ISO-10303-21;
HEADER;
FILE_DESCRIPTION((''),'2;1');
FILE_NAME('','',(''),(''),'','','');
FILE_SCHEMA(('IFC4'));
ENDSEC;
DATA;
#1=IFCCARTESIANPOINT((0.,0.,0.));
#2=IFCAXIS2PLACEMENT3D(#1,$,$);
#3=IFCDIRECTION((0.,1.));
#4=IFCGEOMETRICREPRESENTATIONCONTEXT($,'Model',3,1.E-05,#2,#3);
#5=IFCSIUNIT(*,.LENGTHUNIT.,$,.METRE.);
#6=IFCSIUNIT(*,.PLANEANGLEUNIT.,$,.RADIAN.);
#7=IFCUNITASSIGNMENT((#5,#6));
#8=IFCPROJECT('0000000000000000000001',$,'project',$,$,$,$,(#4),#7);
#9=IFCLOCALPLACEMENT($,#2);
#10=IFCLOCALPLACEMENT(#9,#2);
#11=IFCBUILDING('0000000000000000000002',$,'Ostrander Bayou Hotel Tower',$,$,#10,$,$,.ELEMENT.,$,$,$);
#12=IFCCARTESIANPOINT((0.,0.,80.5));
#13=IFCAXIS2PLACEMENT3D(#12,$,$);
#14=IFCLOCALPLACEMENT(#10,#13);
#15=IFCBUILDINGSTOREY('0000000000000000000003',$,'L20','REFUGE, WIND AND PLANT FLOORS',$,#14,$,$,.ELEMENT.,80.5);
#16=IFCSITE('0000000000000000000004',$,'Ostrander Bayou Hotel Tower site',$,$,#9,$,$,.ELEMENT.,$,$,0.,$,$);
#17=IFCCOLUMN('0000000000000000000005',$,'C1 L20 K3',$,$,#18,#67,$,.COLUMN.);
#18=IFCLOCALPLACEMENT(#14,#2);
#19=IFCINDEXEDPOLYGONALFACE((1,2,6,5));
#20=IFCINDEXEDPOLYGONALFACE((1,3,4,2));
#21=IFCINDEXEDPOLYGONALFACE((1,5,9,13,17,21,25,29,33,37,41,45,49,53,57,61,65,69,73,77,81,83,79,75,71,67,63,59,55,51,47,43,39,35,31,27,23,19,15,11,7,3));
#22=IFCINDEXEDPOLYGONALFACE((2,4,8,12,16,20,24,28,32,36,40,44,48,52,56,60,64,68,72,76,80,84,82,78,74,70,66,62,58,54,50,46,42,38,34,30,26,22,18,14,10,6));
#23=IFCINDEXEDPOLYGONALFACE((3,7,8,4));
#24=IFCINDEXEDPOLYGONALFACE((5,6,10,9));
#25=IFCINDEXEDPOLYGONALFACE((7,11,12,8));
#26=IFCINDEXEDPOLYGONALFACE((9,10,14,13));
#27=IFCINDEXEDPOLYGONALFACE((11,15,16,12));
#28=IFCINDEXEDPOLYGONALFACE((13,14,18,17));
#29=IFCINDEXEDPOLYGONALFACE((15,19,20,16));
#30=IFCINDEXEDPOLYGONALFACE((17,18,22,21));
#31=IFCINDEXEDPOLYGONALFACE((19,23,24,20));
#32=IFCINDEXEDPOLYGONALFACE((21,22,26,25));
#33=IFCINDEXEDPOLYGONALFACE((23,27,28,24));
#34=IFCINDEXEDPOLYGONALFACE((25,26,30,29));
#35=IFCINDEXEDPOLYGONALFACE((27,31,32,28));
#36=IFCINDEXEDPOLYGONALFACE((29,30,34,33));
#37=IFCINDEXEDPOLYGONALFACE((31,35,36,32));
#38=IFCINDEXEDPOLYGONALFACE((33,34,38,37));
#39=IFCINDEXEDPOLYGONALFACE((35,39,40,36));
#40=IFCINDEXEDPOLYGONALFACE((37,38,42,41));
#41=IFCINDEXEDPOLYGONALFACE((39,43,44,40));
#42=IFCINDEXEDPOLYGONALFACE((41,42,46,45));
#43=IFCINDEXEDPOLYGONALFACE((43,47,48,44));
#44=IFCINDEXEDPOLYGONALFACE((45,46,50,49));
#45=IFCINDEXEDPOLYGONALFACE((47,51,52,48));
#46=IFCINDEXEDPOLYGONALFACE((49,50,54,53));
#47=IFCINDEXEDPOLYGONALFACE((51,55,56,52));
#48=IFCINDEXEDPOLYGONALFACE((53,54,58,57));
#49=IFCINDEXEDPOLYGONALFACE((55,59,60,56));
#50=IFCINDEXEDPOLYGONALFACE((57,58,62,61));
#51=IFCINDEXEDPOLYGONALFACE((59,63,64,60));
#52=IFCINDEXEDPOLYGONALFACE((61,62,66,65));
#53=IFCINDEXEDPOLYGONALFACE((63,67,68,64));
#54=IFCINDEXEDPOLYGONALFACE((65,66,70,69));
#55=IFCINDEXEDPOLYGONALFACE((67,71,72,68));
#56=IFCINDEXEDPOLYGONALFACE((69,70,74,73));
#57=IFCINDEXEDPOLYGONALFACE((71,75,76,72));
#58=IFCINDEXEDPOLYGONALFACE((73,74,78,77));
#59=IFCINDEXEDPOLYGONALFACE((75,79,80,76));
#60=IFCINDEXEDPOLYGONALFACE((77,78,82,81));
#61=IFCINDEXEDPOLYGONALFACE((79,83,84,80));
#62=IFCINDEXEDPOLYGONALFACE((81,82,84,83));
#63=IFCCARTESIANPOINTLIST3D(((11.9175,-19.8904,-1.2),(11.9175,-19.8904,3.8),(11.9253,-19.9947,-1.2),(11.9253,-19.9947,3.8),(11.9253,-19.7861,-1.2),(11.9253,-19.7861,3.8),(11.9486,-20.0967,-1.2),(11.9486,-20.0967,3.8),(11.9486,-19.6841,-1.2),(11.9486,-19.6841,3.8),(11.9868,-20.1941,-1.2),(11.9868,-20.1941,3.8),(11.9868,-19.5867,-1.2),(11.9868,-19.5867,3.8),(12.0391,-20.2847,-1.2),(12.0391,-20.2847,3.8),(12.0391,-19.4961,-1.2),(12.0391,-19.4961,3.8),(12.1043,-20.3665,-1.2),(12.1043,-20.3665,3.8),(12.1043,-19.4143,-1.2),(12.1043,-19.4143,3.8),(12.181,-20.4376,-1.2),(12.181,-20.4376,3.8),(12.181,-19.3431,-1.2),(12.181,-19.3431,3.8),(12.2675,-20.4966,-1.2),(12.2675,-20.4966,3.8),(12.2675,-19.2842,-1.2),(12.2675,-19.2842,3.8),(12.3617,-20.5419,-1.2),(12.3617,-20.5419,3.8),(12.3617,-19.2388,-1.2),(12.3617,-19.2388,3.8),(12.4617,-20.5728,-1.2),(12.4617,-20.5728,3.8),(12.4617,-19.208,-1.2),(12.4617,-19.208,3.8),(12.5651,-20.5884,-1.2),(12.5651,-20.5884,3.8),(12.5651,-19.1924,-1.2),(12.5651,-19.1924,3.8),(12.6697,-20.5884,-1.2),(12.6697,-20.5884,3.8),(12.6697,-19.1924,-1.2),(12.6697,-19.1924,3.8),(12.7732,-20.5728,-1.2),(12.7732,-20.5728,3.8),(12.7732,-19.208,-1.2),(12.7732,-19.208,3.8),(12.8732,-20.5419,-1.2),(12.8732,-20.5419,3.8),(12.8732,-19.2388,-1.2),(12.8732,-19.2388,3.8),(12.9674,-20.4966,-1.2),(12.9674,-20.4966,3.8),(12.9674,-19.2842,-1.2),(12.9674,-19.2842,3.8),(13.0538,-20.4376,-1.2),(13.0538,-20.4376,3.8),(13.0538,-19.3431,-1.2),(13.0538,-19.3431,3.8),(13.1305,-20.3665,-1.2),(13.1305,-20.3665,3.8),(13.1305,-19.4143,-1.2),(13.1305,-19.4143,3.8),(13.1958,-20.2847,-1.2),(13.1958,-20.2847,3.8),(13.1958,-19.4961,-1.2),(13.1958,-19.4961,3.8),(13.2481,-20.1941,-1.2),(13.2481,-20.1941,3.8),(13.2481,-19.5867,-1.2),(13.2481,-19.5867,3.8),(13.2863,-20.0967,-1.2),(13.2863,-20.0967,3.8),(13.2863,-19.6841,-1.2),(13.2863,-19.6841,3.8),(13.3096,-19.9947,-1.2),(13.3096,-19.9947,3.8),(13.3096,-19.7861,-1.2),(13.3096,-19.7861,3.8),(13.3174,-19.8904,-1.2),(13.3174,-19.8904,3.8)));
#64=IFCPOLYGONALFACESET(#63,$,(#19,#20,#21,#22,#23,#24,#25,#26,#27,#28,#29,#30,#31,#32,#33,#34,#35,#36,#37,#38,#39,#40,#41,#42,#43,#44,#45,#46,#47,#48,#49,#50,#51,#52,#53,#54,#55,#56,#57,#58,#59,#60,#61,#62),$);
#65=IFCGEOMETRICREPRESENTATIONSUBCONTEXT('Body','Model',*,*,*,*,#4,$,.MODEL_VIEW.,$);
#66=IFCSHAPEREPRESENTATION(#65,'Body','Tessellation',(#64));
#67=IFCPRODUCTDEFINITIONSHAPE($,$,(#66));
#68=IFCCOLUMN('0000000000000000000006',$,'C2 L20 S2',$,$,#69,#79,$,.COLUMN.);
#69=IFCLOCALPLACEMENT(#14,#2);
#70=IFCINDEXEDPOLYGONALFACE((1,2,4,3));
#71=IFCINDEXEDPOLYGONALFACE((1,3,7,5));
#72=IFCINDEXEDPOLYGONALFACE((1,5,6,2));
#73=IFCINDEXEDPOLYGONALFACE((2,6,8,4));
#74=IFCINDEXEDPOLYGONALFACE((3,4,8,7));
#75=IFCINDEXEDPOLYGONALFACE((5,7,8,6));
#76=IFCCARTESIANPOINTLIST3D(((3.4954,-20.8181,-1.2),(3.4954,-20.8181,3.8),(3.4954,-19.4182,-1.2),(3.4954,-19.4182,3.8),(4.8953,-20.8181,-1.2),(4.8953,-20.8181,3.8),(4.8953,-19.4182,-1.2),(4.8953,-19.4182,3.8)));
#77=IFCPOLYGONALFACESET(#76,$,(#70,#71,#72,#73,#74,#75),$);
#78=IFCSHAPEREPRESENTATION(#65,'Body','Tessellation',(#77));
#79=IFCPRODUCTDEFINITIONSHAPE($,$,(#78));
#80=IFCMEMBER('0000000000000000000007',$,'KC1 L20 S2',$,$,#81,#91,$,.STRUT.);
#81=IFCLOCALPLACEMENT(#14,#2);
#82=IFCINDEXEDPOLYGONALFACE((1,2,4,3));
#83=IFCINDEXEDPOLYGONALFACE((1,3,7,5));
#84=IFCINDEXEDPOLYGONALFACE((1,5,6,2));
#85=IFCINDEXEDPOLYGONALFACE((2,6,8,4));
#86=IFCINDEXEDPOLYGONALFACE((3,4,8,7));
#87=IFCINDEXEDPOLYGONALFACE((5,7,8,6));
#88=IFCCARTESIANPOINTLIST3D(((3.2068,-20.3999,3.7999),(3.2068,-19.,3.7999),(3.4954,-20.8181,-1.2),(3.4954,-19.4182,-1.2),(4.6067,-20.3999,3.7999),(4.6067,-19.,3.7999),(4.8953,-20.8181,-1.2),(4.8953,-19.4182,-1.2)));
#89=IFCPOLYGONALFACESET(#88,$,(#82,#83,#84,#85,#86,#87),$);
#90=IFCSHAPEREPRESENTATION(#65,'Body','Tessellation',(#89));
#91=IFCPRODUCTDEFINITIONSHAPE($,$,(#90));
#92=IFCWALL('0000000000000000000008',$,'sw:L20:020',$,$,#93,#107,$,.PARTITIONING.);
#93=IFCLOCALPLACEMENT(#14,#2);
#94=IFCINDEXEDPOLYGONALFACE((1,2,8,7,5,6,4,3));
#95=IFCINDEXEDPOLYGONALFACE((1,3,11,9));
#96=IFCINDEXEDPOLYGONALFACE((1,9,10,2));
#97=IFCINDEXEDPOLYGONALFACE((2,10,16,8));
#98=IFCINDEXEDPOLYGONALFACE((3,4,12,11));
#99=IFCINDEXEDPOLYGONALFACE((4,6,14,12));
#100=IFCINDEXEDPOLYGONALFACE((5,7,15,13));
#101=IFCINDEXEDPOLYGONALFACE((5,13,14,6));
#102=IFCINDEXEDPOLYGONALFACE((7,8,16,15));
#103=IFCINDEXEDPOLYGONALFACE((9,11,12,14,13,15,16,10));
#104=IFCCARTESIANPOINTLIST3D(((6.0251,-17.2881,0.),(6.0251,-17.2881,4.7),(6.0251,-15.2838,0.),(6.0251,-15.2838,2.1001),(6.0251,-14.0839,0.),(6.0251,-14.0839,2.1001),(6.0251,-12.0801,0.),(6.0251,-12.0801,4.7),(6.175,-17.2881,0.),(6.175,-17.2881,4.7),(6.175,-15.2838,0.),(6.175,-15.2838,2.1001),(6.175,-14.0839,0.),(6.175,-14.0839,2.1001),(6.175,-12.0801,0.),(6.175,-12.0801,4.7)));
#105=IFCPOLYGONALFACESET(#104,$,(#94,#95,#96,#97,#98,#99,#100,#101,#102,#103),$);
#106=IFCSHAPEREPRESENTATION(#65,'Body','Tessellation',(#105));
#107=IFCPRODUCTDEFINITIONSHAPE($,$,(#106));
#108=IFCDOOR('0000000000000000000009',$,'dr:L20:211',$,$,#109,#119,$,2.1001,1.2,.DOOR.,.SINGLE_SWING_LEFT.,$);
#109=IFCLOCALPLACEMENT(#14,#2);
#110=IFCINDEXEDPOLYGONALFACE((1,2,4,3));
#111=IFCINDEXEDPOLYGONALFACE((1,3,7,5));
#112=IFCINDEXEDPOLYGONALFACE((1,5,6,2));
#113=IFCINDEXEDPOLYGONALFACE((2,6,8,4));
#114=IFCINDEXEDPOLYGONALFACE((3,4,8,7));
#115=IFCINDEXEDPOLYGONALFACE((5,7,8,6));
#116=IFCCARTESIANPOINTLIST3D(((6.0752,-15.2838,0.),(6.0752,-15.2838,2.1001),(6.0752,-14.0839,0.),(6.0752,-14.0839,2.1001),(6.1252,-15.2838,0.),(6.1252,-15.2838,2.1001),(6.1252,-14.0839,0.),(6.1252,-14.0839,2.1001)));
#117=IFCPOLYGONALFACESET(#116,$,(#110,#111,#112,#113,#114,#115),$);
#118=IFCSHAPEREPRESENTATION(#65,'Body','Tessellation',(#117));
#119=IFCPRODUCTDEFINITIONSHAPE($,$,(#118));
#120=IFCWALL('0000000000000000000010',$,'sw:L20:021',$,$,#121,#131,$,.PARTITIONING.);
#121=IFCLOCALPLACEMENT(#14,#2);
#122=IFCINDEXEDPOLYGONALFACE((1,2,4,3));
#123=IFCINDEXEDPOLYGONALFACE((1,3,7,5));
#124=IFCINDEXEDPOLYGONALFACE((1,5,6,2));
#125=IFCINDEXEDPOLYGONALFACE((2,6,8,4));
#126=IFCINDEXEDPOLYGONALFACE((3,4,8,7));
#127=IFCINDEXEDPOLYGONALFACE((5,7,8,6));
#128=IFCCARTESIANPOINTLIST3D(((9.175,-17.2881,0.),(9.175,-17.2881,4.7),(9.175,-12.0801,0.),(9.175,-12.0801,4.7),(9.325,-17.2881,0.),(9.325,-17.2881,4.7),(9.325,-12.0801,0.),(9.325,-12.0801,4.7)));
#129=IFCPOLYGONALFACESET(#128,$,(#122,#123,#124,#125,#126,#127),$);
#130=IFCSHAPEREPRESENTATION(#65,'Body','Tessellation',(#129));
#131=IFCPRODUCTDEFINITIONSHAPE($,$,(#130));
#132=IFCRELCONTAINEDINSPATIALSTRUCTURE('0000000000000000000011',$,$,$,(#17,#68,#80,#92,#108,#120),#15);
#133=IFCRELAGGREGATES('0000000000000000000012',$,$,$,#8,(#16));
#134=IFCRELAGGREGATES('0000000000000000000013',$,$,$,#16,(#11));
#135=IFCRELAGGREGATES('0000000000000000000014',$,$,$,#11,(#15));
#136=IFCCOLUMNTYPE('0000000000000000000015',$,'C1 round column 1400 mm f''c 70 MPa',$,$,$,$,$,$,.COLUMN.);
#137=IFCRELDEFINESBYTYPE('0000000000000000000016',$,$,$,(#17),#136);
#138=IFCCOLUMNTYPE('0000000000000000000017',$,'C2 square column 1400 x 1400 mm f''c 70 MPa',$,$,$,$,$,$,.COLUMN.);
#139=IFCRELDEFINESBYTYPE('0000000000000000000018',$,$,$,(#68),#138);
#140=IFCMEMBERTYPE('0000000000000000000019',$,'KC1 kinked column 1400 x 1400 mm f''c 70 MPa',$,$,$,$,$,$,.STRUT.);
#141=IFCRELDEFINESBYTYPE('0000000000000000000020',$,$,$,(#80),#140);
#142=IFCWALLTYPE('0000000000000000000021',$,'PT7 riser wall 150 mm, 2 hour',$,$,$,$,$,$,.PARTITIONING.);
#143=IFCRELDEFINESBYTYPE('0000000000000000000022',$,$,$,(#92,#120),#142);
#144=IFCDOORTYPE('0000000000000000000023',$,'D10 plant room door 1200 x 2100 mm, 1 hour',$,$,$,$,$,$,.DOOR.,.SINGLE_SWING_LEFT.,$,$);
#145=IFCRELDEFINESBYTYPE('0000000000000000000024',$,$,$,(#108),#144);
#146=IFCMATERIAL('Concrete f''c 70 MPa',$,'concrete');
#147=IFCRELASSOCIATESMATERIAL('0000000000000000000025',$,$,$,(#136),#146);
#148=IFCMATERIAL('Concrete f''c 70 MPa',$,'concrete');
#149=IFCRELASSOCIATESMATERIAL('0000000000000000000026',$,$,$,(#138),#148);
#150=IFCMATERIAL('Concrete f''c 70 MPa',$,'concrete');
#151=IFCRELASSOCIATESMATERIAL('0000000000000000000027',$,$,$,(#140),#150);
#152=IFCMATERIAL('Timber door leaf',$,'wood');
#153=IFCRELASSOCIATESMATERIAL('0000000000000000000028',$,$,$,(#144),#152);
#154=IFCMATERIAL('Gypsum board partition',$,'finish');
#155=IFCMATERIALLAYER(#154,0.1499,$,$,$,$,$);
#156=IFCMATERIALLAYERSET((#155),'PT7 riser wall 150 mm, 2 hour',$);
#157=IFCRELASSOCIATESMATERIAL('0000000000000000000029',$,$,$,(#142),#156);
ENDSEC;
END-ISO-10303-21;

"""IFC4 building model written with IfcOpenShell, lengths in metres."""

from ifc_helpers import new_model, si_unit, direction, frame, frame_2d, origin, origin_2d, place, context, subcontext, project, spatial, rectangle, circle, extrude, material, layer, layer_set, material_profile, profile_set, type_object, element, fill, save


model = new_model("IFC4")

# Units and contexts
model_context = context("Model", 3, precision=1e-05, world=origin(), true_north=direction((0.0, 1.0)))
body_context = subcontext(model_context, "Body", "Model", "MODEL_VIEW")
ifc_project = project(units=[si_unit("LENGTHUNIT", "METRE"), si_unit("PLANEANGLEUNIT", "RADIAN")], contexts=[model_context])

# Site, building, storey
site_placement = place(None, origin())
site = spatial("IfcSite", under=ifc_project, at=site_placement, Name="Ostrander Bayou Hotel Tower site", CompositionType="ELEMENT", RefElevation=0.0)
building_placement = place(site_placement, origin())
building = spatial("IfcBuilding", under=site, at=building_placement, Name="Ostrander Bayou Hotel Tower", CompositionType="ELEMENT")
storey_placement = place(building_placement, frame((0.0, 0.0, 80.5)))
storey = spatial("IfcBuildingStorey", under=building, at=storey_placement, Name="L20", Description="REFUGE, WIND AND PLANT FLOORS", CompositionType="ELEMENT", Elevation=80.5)

# Columns
ifc_material_1 = material(Name="Concrete f'c 70 MPa", Category="concrete")
ifc_material_profile_1 = material_profile(ifc_material_1, circle(Radius=0.7, at=origin_2d()))
ifc_profile_set_1 = profile_set([ifc_material_profile_1], Name="Concrete f'c 70 MPa")
column_type_1 = type_object("IfcColumnType", Name="C1 round column 1400 mm f'c 70 MPa", PredefinedType="COLUMN", material=ifc_profile_set_1)
column_1_placement = place(storey_placement, frame((12.6174, -19.8904, -1.2), z_axis=(0.0, 0.0, 1.0), x_axis=(1.0, 0.0, 0.0)))
element("IfcColumn", 1, at=column_1_placement, inside=storey, type_object=column_type_1, Name="C1 L20 K3", PredefinedType="COLUMN", context=body_context, shape_type="SweptSolid", body=[
    extrude(circle(Radius=0.7, at=origin_2d()), origin(), (0.0, 0.0, 1.0), 5.0),
])
ifc_material_2 = material(Name="Concrete f'c 70 MPa", Category="concrete")
ifc_material_profile_2 = material_profile(ifc_material_2, rectangle(XDim=1.3999, YDim=1.3999, at=origin_2d()))
ifc_profile_set_2 = profile_set([ifc_material_profile_2], Name="Concrete f'c 70 MPa")
column_type_2 = type_object("IfcColumnType", Name="C2 square column 1400 x 1400 mm f'c 70 MPa", PredefinedType="COLUMN", material=ifc_profile_set_2)
column_2_placement = place(storey_placement, frame((4.1953, -20.1182, -1.2), z_axis=(0.0, 0.0, 1.0), x_axis=(-1.0, 0.0, 0.0)))
element("IfcColumn", 2, at=column_2_placement, inside=storey, type_object=column_type_2, Name="C2 L20 S2", PredefinedType="COLUMN", context=body_context, shape_type="SweptSolid", body=[
    extrude(rectangle(XDim=1.3999, YDim=1.3999, at=origin_2d()), origin(), (0.0, 0.0, 1.0), 5.0),
])

# Member
ifc_material_3 = material(Name="Concrete f'c 70 MPa", Category="concrete")
ifc_material_profile_3 = material_profile(ifc_material_3, rectangle(XDim=1.3999, YDim=1.3999, at=origin_2d()))
ifc_profile_set_3 = profile_set([ifc_material_profile_3], Name="Concrete f'c 70 MPa")
member_type = type_object("IfcMemberType", Name="KC1 kinked column 1400 x 1400 mm f'c 70 MPa", PredefinedType="STRUT", material=ifc_profile_set_3)
member_placement = place(storey_placement, frame((4.1953, -20.1182, -1.2), z_axis=(0.0, 0.0, 1.0), x_axis=(-1.0, 0.0, 0.0)))
element("IfcMember", 3, at=member_placement, inside=storey, type_object=member_type, Name="KC1 L20 S2", PredefinedType="STRUT", context=body_context, shape_type="SweptSolid", body=[
    extrude(rectangle(XDim=1.3999, YDim=1.3999, at=origin_2d()), origin(), (0.057419, -0.083214, 0.994876), 5.0256),
])

# Shared definitions
ifc_material_4 = material(Name="Timber door leaf", Category="wood")
door_type_1 = type_object("IfcDoorType", Name="D10 plant room door 1200 x 2100 mm, 1 hour", OperationType="SINGLE_SWING_LEFT", PredefinedType="DOOR", material=ifc_material_4)

# Wall, opening, door
ifc_material_5 = material(Name="Gypsum board partition", Category="finish")
ifc_layer_1 = layer(ifc_material_5, 0.1499)
ifc_layer_set_1 = layer_set([ifc_layer_1], Name="PT7 riser wall 150 mm, 2 hour")
wall_type_1 = type_object("IfcWallType", Name="PT7 riser wall 150 mm, 2 hour", PredefinedType="PARTITIONING", material=ifc_layer_set_1)
wall_1_placement = place(storey_placement, frame((6.1001, -17.2881, 0.0), z_axis=(0.0, 0.0, 1.0), x_axis=(0.0, 1.0, 0.0)))
wall_1 = element("IfcWall", 4, at=wall_1_placement, inside=storey, type_object=wall_type_1, Name="sw:L20:020", PredefinedType="PARTITIONING", context=body_context, shape_type="SweptSolid", body=[
    extrude(rectangle(XDim=5.208, YDim=0.1499, at=frame_2d((2.604, 0.0))), origin(), (0.0, 0.0, 1.0), 4.7),
])
opening_1_placement = place(wall_1_placement, frame((2.0042, 0.0, 0.0)))
opening_1 = element("IfcOpeningElement", 5, at=opening_1_placement, cuts=wall_1, PredefinedType="OPENING", context=body_context, shape_type="SweptSolid", body=[
    extrude(rectangle(XDim=1.2, YDim=2.1001, at=frame_2d((0.6001, 1.05))), frame((0.0, 0.075, 0.0), z_axis=(0.0, -1.0, 0.0), x_axis=(1.0, 0.0, 0.0)), (0.0, 0.0, 1.0), 0.1499),
])
door_1_placement = place(opening_1_placement, origin())
door_1 = element("IfcDoor", 6, at=door_1_placement, inside=storey, type_object=door_type_1, Name="dr:L20:211", OperationType="SINGLE_SWING_LEFT", OverallHeight=2.1001, OverallWidth=1.2, PredefinedType="DOOR", context=body_context, shape_type="SweptSolid", body=[
    extrude(rectangle(XDim=1.2, YDim=2.1001, at=frame_2d((0.6001, 1.05))), frame((0.0, 0.0249, 0.0), z_axis=(0.0, -1.0, 0.0), x_axis=(1.0, 0.0, 0.0)), (0.0, 0.0, 1.0), 0.05),
])
fill(opening_1, door_1)

# Wall
wall_2_placement = place(storey_placement, frame((9.25, -17.2881, 0.0), z_axis=(0.0, 0.0, 1.0), x_axis=(0.0, 1.0, 0.0)))
element("IfcWall", 7, at=wall_2_placement, inside=storey, type_object=wall_type_1, Name="sw:L20:021", PredefinedType="PARTITIONING", context=body_context, shape_type="SweptSolid", body=[
    extrude(rectangle(XDim=5.208, YDim=0.1499, at=frame_2d((2.604, 0.0))), origin(), (0.0, 0.0, 1.0), 4.7),
])

save(model, "model.ifc")
